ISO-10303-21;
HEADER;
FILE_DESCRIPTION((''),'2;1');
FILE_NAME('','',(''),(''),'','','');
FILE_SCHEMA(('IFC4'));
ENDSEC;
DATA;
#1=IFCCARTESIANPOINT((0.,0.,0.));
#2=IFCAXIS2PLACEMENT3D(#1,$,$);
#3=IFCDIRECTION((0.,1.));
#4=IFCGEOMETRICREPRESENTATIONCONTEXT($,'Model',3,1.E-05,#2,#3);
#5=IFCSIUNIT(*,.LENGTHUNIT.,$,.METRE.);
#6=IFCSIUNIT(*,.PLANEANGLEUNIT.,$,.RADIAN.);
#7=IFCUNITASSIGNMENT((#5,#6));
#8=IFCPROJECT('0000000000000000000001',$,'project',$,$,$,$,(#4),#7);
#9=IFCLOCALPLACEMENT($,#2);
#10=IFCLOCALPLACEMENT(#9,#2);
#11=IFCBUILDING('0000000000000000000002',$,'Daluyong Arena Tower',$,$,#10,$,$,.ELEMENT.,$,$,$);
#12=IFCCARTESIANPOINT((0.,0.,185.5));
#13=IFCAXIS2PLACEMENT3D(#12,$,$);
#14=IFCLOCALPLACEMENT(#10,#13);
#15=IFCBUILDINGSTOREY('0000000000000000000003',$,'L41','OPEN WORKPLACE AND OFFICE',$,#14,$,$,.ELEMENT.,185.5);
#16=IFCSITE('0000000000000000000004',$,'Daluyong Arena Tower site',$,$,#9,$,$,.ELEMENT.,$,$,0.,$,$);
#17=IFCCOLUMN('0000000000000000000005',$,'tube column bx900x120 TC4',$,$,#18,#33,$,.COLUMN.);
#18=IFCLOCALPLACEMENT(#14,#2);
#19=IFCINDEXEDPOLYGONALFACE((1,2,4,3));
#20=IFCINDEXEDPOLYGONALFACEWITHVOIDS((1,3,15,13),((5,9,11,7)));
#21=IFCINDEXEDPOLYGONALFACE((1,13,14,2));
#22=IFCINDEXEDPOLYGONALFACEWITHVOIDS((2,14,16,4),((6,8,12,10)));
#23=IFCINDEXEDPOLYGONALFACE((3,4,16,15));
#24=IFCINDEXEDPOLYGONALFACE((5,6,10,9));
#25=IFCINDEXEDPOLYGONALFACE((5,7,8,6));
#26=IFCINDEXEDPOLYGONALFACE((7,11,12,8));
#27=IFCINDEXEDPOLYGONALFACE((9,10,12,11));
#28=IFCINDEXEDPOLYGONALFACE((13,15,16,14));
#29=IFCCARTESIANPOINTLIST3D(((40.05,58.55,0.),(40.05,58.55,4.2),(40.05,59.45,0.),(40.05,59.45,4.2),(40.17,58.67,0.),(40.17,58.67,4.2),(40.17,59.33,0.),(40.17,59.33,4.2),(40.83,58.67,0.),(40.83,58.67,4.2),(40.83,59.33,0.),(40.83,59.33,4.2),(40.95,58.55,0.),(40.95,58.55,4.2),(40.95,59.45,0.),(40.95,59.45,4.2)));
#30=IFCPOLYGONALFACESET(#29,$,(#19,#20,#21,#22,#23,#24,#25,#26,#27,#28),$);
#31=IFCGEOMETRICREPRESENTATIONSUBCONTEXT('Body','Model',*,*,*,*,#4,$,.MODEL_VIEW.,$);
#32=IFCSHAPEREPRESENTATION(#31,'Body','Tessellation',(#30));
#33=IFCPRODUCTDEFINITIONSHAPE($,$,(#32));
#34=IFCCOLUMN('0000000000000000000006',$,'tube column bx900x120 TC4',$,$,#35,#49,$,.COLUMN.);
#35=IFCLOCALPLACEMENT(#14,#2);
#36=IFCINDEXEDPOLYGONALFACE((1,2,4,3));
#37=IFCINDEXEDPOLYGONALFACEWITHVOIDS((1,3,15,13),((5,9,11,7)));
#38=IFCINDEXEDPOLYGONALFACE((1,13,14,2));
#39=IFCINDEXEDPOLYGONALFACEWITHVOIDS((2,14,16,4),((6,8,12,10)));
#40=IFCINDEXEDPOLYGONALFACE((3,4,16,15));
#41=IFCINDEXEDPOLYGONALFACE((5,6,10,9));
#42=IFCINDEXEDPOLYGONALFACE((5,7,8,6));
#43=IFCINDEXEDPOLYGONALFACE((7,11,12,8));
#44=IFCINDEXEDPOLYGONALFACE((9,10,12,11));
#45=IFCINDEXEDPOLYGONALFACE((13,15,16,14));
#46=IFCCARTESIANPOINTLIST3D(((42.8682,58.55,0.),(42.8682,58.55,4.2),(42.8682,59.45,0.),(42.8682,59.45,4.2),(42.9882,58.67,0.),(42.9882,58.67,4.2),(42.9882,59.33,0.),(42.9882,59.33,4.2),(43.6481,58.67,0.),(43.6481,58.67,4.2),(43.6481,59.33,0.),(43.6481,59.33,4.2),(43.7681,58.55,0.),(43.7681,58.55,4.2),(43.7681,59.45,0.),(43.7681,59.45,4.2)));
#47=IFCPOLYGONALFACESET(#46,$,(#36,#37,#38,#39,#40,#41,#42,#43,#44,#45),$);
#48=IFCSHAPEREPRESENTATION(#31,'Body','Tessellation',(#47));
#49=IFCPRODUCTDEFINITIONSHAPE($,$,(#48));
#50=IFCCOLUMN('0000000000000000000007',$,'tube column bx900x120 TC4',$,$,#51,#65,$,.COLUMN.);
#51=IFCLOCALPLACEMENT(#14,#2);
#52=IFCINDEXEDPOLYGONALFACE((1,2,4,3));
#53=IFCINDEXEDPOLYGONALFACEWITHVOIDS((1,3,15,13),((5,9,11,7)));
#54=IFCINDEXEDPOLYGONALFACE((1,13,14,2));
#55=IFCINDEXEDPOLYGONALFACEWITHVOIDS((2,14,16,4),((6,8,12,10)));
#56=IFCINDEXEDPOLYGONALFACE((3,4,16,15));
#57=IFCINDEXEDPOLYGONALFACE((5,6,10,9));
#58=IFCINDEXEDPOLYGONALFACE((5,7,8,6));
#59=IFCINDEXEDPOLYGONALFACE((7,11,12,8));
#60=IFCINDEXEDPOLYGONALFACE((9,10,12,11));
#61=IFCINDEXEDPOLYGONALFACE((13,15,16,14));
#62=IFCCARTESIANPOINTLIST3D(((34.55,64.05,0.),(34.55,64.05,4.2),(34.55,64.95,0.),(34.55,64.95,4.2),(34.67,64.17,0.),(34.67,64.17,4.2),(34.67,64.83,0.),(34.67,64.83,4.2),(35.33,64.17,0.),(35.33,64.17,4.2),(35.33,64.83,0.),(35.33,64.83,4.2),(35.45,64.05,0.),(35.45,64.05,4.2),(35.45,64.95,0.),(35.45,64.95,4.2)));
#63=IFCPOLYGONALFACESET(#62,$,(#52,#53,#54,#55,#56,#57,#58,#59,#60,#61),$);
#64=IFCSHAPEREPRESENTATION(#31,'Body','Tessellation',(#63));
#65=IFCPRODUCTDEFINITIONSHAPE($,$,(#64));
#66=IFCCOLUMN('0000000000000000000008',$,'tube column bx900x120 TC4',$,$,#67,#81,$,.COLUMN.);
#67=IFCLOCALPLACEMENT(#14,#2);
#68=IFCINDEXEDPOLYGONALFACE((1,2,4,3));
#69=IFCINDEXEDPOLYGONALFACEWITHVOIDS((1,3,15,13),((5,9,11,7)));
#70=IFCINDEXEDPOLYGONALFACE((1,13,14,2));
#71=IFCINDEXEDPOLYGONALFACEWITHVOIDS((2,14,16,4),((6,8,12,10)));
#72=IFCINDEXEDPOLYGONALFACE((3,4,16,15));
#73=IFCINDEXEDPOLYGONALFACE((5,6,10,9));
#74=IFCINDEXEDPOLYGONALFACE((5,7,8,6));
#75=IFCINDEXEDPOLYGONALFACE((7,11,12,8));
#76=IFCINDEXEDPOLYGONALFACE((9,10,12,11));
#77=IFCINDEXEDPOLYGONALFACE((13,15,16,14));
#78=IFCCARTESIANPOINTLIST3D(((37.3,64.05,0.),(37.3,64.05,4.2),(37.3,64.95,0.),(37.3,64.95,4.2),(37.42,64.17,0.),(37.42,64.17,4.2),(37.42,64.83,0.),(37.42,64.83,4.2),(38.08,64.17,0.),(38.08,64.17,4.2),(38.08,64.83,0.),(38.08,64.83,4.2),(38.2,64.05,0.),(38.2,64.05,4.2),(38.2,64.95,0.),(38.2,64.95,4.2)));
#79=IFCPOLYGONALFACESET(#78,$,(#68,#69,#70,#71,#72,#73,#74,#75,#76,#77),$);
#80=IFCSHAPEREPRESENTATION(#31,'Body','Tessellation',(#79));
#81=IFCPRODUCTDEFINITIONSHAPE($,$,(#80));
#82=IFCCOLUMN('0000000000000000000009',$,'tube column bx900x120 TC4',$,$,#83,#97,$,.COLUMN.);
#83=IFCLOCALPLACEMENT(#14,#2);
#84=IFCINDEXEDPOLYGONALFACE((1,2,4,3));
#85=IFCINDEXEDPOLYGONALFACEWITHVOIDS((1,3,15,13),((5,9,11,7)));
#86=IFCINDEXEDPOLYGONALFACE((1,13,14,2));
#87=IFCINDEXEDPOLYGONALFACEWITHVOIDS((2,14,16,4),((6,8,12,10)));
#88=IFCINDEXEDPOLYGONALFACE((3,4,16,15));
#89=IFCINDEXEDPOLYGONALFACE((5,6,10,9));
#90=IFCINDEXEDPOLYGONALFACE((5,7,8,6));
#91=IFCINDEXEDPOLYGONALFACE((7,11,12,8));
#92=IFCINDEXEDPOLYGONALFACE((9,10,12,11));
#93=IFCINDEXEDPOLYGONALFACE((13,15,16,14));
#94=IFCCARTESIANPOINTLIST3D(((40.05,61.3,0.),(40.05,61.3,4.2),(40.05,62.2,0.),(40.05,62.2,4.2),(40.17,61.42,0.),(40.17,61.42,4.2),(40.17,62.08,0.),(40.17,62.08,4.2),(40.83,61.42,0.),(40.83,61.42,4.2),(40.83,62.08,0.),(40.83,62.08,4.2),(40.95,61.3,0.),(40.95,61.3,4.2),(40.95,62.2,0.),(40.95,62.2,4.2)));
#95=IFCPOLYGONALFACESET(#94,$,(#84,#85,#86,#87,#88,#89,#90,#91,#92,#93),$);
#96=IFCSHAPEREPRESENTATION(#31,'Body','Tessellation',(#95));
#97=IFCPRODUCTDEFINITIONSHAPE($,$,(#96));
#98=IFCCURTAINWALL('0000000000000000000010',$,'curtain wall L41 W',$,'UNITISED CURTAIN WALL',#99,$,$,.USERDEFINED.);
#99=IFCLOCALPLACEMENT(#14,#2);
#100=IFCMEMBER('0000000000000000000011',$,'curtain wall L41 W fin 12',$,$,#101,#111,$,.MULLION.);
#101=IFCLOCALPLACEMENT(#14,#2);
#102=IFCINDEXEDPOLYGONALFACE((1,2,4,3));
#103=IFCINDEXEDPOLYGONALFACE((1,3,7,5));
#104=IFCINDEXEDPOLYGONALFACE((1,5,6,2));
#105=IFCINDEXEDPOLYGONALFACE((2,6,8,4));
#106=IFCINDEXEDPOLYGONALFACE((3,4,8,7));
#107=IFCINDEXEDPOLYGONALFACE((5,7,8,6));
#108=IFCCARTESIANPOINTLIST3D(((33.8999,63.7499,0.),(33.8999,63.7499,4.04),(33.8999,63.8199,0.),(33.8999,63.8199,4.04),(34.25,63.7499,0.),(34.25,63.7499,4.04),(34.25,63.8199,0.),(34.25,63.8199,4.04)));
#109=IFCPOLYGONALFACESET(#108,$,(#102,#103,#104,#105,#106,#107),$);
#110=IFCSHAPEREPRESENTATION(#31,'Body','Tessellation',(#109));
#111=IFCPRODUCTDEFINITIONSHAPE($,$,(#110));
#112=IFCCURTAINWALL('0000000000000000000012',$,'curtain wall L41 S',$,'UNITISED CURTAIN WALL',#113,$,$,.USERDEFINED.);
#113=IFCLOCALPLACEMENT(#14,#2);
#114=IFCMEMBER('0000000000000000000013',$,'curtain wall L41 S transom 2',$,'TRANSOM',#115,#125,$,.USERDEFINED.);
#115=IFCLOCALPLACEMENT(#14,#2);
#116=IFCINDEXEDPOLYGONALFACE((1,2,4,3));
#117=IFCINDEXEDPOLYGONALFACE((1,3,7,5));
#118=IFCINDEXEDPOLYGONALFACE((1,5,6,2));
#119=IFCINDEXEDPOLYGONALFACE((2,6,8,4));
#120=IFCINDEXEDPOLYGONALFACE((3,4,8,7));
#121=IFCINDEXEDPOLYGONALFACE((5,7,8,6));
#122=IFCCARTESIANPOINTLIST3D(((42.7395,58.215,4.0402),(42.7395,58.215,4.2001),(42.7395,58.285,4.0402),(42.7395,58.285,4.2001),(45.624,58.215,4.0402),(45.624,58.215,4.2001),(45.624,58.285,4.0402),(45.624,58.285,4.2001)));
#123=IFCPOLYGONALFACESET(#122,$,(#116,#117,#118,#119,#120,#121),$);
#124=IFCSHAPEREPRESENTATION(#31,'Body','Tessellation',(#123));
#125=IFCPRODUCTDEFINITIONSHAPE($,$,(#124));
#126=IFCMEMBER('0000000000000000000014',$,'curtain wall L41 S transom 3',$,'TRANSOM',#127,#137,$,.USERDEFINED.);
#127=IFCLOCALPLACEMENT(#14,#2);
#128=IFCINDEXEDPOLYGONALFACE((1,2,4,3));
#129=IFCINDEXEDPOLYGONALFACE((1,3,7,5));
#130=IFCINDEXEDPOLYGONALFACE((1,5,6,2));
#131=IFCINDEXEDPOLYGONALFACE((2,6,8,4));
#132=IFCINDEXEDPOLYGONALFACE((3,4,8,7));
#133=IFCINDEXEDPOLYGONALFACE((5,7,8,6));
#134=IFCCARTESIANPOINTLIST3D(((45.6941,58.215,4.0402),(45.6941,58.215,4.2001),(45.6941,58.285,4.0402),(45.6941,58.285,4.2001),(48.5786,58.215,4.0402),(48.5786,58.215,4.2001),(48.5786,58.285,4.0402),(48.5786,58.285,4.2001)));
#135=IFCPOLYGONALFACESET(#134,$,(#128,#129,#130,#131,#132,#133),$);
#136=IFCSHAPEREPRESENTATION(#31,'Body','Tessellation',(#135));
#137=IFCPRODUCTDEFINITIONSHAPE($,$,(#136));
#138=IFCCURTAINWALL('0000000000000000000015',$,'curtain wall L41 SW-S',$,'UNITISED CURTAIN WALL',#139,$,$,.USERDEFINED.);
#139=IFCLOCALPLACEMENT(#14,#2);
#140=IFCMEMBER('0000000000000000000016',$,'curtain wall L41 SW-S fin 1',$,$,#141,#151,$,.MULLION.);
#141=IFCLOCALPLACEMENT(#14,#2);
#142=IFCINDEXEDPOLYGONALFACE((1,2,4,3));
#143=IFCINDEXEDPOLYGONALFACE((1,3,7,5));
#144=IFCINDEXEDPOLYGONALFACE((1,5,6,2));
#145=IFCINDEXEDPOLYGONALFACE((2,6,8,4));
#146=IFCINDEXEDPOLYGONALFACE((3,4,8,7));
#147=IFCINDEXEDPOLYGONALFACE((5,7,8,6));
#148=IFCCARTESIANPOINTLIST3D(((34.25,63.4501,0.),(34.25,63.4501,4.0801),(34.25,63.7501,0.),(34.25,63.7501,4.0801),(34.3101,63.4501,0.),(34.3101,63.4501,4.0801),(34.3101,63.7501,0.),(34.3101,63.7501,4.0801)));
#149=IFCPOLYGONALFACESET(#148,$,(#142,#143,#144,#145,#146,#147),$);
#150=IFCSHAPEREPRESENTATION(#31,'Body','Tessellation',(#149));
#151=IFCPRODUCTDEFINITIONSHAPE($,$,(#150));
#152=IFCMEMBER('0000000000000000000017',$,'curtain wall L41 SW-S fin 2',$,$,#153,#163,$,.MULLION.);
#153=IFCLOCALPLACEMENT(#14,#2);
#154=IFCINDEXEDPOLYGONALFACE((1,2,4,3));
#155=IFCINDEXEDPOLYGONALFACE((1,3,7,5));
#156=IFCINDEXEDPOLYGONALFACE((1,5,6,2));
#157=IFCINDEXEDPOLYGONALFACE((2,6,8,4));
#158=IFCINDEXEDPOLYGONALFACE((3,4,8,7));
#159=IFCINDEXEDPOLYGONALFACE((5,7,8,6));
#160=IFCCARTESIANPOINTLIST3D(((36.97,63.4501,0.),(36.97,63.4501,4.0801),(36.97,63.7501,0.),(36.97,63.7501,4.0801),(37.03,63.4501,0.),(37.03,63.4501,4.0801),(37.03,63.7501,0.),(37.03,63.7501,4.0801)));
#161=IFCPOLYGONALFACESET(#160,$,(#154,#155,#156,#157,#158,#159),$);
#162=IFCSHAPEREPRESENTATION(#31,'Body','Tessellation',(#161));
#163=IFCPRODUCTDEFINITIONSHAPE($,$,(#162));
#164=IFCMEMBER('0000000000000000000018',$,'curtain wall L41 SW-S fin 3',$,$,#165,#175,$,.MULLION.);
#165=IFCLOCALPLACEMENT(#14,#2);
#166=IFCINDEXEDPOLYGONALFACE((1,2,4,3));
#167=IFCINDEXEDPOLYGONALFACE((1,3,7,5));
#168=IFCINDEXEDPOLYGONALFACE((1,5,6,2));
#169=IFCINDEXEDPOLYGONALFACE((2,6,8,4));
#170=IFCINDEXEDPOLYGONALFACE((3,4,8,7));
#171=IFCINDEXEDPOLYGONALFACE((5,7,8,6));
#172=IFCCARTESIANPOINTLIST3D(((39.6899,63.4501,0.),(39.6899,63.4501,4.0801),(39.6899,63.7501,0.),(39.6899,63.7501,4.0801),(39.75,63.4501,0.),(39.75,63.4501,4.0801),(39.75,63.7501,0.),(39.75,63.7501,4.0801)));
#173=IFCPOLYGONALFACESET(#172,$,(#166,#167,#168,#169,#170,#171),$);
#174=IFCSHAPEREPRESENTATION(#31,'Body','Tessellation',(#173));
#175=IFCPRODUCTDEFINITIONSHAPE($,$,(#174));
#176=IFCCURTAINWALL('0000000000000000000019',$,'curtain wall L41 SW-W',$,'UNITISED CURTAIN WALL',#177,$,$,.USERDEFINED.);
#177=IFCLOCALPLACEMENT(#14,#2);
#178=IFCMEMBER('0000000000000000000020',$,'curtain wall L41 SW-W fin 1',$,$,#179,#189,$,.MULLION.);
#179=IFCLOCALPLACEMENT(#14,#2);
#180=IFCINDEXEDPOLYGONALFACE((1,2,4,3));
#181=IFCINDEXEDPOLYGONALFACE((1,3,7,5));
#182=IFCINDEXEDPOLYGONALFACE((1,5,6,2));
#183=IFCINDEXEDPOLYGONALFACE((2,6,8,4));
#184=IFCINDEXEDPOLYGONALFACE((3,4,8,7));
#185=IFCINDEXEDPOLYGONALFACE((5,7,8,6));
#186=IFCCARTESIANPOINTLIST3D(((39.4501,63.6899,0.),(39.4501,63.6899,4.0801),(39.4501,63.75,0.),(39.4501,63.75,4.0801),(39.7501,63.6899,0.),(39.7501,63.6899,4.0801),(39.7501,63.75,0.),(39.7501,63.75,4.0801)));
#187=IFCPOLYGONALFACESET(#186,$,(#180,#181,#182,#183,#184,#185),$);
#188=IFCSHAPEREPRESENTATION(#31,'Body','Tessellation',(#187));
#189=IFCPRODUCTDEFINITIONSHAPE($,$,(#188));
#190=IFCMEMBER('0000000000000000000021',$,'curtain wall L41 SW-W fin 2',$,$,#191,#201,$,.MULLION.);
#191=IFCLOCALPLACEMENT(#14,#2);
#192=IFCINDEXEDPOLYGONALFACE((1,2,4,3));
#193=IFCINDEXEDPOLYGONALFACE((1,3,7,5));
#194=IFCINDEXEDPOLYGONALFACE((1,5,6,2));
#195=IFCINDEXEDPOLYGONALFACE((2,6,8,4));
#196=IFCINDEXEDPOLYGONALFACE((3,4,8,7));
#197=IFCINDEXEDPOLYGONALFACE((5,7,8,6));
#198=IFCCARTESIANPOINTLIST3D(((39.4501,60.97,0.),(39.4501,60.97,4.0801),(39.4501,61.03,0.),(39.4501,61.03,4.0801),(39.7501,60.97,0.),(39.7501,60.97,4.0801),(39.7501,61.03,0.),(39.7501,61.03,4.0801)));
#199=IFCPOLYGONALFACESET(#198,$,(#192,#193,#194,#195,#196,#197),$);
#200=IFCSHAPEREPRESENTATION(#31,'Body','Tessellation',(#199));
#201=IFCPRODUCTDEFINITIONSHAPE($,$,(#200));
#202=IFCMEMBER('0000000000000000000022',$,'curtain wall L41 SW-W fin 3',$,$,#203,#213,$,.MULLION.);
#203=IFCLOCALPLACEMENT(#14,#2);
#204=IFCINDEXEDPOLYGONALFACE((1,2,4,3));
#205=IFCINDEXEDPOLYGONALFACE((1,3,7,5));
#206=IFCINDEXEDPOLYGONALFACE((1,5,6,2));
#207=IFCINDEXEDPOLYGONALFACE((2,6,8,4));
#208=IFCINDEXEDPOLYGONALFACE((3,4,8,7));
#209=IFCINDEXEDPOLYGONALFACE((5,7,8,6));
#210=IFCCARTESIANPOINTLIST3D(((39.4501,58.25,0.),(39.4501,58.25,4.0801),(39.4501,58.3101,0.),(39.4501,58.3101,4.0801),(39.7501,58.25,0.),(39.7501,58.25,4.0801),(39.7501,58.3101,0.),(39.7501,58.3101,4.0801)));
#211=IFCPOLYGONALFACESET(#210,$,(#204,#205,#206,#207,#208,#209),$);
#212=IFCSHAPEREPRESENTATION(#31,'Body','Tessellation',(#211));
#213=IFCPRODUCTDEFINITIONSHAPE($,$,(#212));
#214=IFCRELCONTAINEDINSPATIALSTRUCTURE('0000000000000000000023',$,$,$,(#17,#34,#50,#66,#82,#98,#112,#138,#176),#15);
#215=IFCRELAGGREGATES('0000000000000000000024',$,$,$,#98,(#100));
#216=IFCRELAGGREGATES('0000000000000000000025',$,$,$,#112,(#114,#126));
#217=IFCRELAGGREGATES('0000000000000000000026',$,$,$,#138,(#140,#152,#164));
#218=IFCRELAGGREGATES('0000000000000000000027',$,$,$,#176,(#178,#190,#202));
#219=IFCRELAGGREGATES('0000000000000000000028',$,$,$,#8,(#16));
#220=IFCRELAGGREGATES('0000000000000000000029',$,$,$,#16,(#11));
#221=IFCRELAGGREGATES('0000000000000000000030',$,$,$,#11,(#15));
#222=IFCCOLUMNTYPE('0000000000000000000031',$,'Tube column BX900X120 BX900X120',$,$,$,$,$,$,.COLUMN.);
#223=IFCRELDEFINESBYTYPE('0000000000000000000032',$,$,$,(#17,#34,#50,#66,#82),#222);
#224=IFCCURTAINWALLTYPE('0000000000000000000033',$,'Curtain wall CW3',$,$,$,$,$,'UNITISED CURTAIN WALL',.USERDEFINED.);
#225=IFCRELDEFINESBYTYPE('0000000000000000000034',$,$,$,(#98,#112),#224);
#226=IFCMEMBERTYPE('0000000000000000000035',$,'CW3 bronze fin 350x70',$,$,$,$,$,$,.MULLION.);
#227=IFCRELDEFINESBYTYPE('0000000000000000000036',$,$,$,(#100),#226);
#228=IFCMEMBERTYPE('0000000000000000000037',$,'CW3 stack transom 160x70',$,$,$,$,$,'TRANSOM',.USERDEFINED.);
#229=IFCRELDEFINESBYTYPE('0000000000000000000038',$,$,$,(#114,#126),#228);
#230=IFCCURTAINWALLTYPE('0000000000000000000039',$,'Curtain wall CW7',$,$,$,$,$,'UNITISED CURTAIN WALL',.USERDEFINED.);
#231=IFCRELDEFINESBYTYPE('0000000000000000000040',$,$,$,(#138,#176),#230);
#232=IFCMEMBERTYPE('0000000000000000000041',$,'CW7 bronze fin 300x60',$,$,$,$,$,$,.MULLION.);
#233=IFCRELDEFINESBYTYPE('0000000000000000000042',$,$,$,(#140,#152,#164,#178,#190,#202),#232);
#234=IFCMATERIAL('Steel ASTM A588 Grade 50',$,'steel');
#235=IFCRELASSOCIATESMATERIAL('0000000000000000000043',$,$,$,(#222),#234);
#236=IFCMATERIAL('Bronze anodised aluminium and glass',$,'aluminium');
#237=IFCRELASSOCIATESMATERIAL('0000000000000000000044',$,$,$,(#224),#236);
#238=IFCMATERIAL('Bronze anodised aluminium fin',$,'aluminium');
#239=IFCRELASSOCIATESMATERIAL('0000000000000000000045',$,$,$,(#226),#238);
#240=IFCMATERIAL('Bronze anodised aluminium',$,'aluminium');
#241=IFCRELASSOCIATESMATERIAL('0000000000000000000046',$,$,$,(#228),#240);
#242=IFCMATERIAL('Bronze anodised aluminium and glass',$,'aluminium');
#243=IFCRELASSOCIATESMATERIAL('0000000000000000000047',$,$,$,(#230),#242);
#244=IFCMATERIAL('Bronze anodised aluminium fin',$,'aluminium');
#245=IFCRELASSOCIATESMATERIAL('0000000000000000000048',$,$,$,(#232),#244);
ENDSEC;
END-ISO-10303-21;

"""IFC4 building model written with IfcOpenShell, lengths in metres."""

from ifc_helpers import new_model, si_unit, direction, frame, origin, origin_2d, place, context, subcontext, project, spatial, rectangle, hollow_rectangle, extrude, material, material_profile, profile_set, type_object, element, aggregate, save


model = new_model("IFC4")

# Units and contexts
model_context = context("Model", 3, precision=1e-05, world=origin(), true_north=direction((0.0, 1.0)))
body_context = subcontext(model_context, "Body", "Model", "MODEL_VIEW")
ifc_project = project(units=[si_unit("LENGTHUNIT", "METRE"), si_unit("PLANEANGLEUNIT", "RADIAN")], contexts=[model_context])

# Site, building, storey
site_placement = place(None, origin())
site = spatial("IfcSite", under=ifc_project, at=site_placement, Name="Daluyong Arena Tower site", CompositionType="ELEMENT", RefElevation=0.0)
building_placement = place(site_placement, origin())
building = spatial("IfcBuilding", under=site, at=building_placement, Name="Daluyong Arena Tower", CompositionType="ELEMENT")
storey_placement = place(building_placement, frame((0.0, 0.0, 185.5)))
storey = spatial("IfcBuildingStorey", under=building, at=storey_placement, Name="L41", Description="OPEN WORKPLACE AND OFFICE", CompositionType="ELEMENT", Elevation=185.5)

# Columns
ifc_material_1 = material(Name="Steel ASTM A588 Grade 50", Category="steel")
ifc_material_profile_1 = material_profile(ifc_material_1, hollow_rectangle(XDim=0.8999, YDim=0.8999, WallThickness=0.12, at=origin_2d()))
ifc_profile_set_1 = profile_set([ifc_material_profile_1], Name="Steel ASTM A588 Grade 50")
column_type = type_object("IfcColumnType", Name="Tube column BX900X120 BX900X120", PredefinedType="COLUMN", material=ifc_profile_set_1)
for number, where, z_axis, x_axis, name in (
    (1, (40.5, 59.0, 0.0), (0.0, 0.0, 1.0), (1.0, 0.0, 0.0), "tube column bx900x120 TC4"),
    (2, (43.3181, 59.0, 0.0), (0.0, 0.0, 1.0), (1.0, 0.0, 0.0), "tube column bx900x120 TC4"),
    (3, (35.0, 64.5, 0.0), (0.0, 0.0, 1.0), (1.0, 0.0, 0.0), "tube column bx900x120 TC4"),
    (4, (37.75, 64.5, 0.0), (0.0, 0.0, 1.0), (1.0, 0.0, 0.0), "tube column bx900x120 TC4"),
    (5, (40.5, 61.75, 0.0), (0.0, 0.0, 1.0), (0.0, 1.0, 0.0), "tube column bx900x120 TC4"),
):
    element("IfcColumn", number, at=place(storey_placement, frame(where, z_axis=z_axis, x_axis=x_axis)), inside=storey, type_object=column_type, Name=name, PredefinedType="COLUMN", context=body_context, shape_type="SweptSolid", body=[
        extrude(hollow_rectangle(XDim=0.8999, YDim=0.8999, WallThickness=0.12, at=origin_2d()), origin(), (0.0, 0.0, 1.0), 4.2),
    ])

# Curtain wall, member
ifc_material_2 = material(Name="Bronze anodised aluminium and glass", Category="aluminium")
curtain_wall_type_1 = type_object("IfcCurtainWallType", Name="Curtain wall CW3", ElementType="UNITISED CURTAIN WALL", PredefinedType="USERDEFINED", material=ifc_material_2)
curtain_wall_1_placement = place(storey_placement, origin())
curtain_wall_1 = element("IfcCurtainWall", 6, at=curtain_wall_1_placement, inside=storey, type_object=curtain_wall_type_1, Name="curtain wall L41 W", ObjectType="UNITISED CURTAIN WALL", PredefinedType="USERDEFINED")
ifc_material_3 = material(Name="Bronze anodised aluminium fin", Category="aluminium")
ifc_material_profile_2 = material_profile(ifc_material_3, rectangle(XDim=0.3501, YDim=0.0701, at=origin_2d()))
ifc_profile_set_2 = profile_set([ifc_material_profile_2], Name="Bronze anodised aluminium fin")
member_type_1 = type_object("IfcMemberType", Name="CW3 bronze fin 350x70", PredefinedType="MULLION", material=ifc_profile_set_2)
member_1_placement = place(storey_placement, frame((34.075, 63.7849, 0.0), z_axis=(0.0, 0.0, 1.0), x_axis=(1.0, 0.0, 0.0)))
member_1 = element("IfcMember", 7, at=member_1_placement, type_object=member_type_1, Name="curtain wall L41 W fin 12", PredefinedType="MULLION", context=body_context, shape_type="SweptSolid", body=[
    extrude(rectangle(XDim=0.3501, YDim=0.0701, at=origin_2d()), origin(), (0.0, 0.0, 1.0), 4.04),
])
aggregate(curtain_wall_1, [member_1])

# Curtain walls, members
curtain_wall_2_placement = place(storey_placement, origin())
curtain_wall_2 = element("IfcCurtainWall", 8, at=curtain_wall_2_placement, inside=storey, type_object=curtain_wall_type_1, Name="curtain wall L41 S", ObjectType="UNITISED CURTAIN WALL", PredefinedType="USERDEFINED")
ifc_material_4 = material(Name="Bronze anodised aluminium", Category="aluminium")
ifc_material_profile_3 = material_profile(ifc_material_4, rectangle(XDim=0.0701, YDim=0.1599, at=origin_2d()))
ifc_profile_set_3 = profile_set([ifc_material_profile_3], Name="Bronze anodised aluminium")
member_type_2 = type_object("IfcMemberType", Name="CW3 stack transom 160x70", ElementType="TRANSOM", PredefinedType="USERDEFINED", material=ifc_profile_set_3)
member_2_placement = place(storey_placement, frame((42.7395, 58.25, 4.1201), z_axis=(1.0, 0.0, 0.0), x_axis=(0.0, 1.0, 0.0)))
member_2 = element("IfcMember", 9, at=member_2_placement, type_object=member_type_2, Name="curtain wall L41 S transom 2", ObjectType="TRANSOM", PredefinedType="USERDEFINED", context=body_context, shape_type="SweptSolid", body=[
    extrude(rectangle(XDim=0.0701, YDim=0.1599, at=origin_2d()), origin(), (0.0, 0.0, 1.0), 2.8845),
])
member_3_placement = place(storey_placement, frame((45.6941, 58.25, 4.1201), z_axis=(1.0, 0.0, 0.0), x_axis=(0.0, 1.0, 0.0)))
member_3 = element("IfcMember", 10, at=member_3_placement, type_object=member_type_2, Name="curtain wall L41 S transom 3", ObjectType="TRANSOM", PredefinedType="USERDEFINED", context=body_context, shape_type="SweptSolid", body=[
    extrude(rectangle(XDim=0.0701, YDim=0.1599, at=origin_2d()), origin(), (0.0, 0.0, 1.0), 2.8845),
])
ifc_material_5 = material(Name="Bronze anodised aluminium and glass", Category="aluminium")
curtain_wall_type_2 = type_object("IfcCurtainWallType", Name="Curtain wall CW7", ElementType="UNITISED CURTAIN WALL", PredefinedType="USERDEFINED", material=ifc_material_5)
curtain_wall_3_placement = place(storey_placement, origin())
curtain_wall_3 = element("IfcCurtainWall", 11, at=curtain_wall_3_placement, inside=storey, type_object=curtain_wall_type_2, Name="curtain wall L41 SW-S", ObjectType="UNITISED CURTAIN WALL", PredefinedType="USERDEFINED")
ifc_material_6 = material(Name="Bronze anodised aluminium fin", Category="aluminium")
ifc_material_profile_4 = material_profile(ifc_material_6, rectangle(XDim=0.3, YDim=0.0601, at=origin_2d()))
ifc_profile_set_4 = profile_set([ifc_material_profile_4], Name="Bronze anodised aluminium fin")
member_type_3 = type_object("IfcMemberType", Name="CW7 bronze fin 300x60", PredefinedType="MULLION", material=ifc_profile_set_4)
member_4_placement = place(storey_placement, frame((34.28, 63.6001, 0.0), z_axis=(0.0, 0.0, 1.0), x_axis=(0.0, 1.0, 0.0)))
member_4 = element("IfcMember", 12, at=member_4_placement, type_object=member_type_3, Name="curtain wall L41 SW-S fin 1", PredefinedType="MULLION", context=body_context, shape_type="SweptSolid", body=[
    extrude(rectangle(XDim=0.3, YDim=0.0601, at=origin_2d()), origin(), (0.0, 0.0, 1.0), 4.0801),
])
member_5_placement = place(storey_placement, frame((37.0, 63.6001, 0.0), z_axis=(0.0, 0.0, 1.0), x_axis=(0.0, 1.0, 0.0)))
member_5 = element("IfcMember", 13, at=member_5_placement, type_object=member_type_3, Name="curtain wall L41 SW-S fin 2", PredefinedType="MULLION", context=body_context, shape_type="SweptSolid", body=[
    extrude(rectangle(XDim=0.3, YDim=0.0601, at=origin_2d()), origin(), (0.0, 0.0, 1.0), 4.0801),
])
member_6_placement = place(storey_placement, frame((39.72, 63.6001, 0.0), z_axis=(0.0, 0.0, 1.0), x_axis=(0.0, 1.0, 0.0)))
member_6 = element("IfcMember", 14, at=member_6_placement, type_object=member_type_3, Name="curtain wall L41 SW-S fin 3", PredefinedType="MULLION", context=body_context, shape_type="SweptSolid", body=[
    extrude(rectangle(XDim=0.3, YDim=0.0601, at=origin_2d()), origin(), (0.0, 0.0, 1.0), 4.0801),
])
curtain_wall_4_placement = place(storey_placement, origin())
curtain_wall_4 = element("IfcCurtainWall", 15, at=curtain_wall_4_placement, inside=storey, type_object=curtain_wall_type_2, Name="curtain wall L41 SW-W", ObjectType="UNITISED CURTAIN WALL", PredefinedType="USERDEFINED")
member_7_placement = place(storey_placement, frame((39.6001, 63.72, 0.0), z_axis=(0.0, 0.0, 1.0), x_axis=(1.0, 0.0, 0.0)))
member_7 = element("IfcMember", 16, at=member_7_placement, type_object=member_type_3, Name="curtain wall L41 SW-W fin 1", PredefinedType="MULLION", context=body_context, shape_type="SweptSolid", body=[
    extrude(rectangle(XDim=0.3, YDim=0.0601, at=origin_2d()), origin(), (0.0, 0.0, 1.0), 4.0801),
])
member_8_placement = place(storey_placement, frame((39.6001, 61.0, 0.0), z_axis=(0.0, 0.0, 1.0), x_axis=(1.0, 0.0, 0.0)))
member_8 = element("IfcMember", 17, at=member_8_placement, type_object=member_type_3, Name="curtain wall L41 SW-W fin 2", PredefinedType="MULLION", context=body_context, shape_type="SweptSolid", body=[
    extrude(rectangle(XDim=0.3, YDim=0.0601, at=origin_2d()), origin(), (0.0, 0.0, 1.0), 4.0801),
])
member_9_placement = place(storey_placement, frame((39.6001, 58.28, 0.0), z_axis=(0.0, 0.0, 1.0), x_axis=(1.0, 0.0, 0.0)))
member_9 = element("IfcMember", 18, at=member_9_placement, type_object=member_type_3, Name="curtain wall L41 SW-W fin 3", PredefinedType="MULLION", context=body_context, shape_type="SweptSolid", body=[
    extrude(rectangle(XDim=0.3, YDim=0.0601, at=origin_2d()), origin(), (0.0, 0.0, 1.0), 4.0801),
])

aggregate(curtain_wall_2, [member_2, member_3])
aggregate(curtain_wall_3, [member_4, member_5, member_6])
aggregate(curtain_wall_4, [member_7, member_8, member_9])

save(model, "model.ifc")
